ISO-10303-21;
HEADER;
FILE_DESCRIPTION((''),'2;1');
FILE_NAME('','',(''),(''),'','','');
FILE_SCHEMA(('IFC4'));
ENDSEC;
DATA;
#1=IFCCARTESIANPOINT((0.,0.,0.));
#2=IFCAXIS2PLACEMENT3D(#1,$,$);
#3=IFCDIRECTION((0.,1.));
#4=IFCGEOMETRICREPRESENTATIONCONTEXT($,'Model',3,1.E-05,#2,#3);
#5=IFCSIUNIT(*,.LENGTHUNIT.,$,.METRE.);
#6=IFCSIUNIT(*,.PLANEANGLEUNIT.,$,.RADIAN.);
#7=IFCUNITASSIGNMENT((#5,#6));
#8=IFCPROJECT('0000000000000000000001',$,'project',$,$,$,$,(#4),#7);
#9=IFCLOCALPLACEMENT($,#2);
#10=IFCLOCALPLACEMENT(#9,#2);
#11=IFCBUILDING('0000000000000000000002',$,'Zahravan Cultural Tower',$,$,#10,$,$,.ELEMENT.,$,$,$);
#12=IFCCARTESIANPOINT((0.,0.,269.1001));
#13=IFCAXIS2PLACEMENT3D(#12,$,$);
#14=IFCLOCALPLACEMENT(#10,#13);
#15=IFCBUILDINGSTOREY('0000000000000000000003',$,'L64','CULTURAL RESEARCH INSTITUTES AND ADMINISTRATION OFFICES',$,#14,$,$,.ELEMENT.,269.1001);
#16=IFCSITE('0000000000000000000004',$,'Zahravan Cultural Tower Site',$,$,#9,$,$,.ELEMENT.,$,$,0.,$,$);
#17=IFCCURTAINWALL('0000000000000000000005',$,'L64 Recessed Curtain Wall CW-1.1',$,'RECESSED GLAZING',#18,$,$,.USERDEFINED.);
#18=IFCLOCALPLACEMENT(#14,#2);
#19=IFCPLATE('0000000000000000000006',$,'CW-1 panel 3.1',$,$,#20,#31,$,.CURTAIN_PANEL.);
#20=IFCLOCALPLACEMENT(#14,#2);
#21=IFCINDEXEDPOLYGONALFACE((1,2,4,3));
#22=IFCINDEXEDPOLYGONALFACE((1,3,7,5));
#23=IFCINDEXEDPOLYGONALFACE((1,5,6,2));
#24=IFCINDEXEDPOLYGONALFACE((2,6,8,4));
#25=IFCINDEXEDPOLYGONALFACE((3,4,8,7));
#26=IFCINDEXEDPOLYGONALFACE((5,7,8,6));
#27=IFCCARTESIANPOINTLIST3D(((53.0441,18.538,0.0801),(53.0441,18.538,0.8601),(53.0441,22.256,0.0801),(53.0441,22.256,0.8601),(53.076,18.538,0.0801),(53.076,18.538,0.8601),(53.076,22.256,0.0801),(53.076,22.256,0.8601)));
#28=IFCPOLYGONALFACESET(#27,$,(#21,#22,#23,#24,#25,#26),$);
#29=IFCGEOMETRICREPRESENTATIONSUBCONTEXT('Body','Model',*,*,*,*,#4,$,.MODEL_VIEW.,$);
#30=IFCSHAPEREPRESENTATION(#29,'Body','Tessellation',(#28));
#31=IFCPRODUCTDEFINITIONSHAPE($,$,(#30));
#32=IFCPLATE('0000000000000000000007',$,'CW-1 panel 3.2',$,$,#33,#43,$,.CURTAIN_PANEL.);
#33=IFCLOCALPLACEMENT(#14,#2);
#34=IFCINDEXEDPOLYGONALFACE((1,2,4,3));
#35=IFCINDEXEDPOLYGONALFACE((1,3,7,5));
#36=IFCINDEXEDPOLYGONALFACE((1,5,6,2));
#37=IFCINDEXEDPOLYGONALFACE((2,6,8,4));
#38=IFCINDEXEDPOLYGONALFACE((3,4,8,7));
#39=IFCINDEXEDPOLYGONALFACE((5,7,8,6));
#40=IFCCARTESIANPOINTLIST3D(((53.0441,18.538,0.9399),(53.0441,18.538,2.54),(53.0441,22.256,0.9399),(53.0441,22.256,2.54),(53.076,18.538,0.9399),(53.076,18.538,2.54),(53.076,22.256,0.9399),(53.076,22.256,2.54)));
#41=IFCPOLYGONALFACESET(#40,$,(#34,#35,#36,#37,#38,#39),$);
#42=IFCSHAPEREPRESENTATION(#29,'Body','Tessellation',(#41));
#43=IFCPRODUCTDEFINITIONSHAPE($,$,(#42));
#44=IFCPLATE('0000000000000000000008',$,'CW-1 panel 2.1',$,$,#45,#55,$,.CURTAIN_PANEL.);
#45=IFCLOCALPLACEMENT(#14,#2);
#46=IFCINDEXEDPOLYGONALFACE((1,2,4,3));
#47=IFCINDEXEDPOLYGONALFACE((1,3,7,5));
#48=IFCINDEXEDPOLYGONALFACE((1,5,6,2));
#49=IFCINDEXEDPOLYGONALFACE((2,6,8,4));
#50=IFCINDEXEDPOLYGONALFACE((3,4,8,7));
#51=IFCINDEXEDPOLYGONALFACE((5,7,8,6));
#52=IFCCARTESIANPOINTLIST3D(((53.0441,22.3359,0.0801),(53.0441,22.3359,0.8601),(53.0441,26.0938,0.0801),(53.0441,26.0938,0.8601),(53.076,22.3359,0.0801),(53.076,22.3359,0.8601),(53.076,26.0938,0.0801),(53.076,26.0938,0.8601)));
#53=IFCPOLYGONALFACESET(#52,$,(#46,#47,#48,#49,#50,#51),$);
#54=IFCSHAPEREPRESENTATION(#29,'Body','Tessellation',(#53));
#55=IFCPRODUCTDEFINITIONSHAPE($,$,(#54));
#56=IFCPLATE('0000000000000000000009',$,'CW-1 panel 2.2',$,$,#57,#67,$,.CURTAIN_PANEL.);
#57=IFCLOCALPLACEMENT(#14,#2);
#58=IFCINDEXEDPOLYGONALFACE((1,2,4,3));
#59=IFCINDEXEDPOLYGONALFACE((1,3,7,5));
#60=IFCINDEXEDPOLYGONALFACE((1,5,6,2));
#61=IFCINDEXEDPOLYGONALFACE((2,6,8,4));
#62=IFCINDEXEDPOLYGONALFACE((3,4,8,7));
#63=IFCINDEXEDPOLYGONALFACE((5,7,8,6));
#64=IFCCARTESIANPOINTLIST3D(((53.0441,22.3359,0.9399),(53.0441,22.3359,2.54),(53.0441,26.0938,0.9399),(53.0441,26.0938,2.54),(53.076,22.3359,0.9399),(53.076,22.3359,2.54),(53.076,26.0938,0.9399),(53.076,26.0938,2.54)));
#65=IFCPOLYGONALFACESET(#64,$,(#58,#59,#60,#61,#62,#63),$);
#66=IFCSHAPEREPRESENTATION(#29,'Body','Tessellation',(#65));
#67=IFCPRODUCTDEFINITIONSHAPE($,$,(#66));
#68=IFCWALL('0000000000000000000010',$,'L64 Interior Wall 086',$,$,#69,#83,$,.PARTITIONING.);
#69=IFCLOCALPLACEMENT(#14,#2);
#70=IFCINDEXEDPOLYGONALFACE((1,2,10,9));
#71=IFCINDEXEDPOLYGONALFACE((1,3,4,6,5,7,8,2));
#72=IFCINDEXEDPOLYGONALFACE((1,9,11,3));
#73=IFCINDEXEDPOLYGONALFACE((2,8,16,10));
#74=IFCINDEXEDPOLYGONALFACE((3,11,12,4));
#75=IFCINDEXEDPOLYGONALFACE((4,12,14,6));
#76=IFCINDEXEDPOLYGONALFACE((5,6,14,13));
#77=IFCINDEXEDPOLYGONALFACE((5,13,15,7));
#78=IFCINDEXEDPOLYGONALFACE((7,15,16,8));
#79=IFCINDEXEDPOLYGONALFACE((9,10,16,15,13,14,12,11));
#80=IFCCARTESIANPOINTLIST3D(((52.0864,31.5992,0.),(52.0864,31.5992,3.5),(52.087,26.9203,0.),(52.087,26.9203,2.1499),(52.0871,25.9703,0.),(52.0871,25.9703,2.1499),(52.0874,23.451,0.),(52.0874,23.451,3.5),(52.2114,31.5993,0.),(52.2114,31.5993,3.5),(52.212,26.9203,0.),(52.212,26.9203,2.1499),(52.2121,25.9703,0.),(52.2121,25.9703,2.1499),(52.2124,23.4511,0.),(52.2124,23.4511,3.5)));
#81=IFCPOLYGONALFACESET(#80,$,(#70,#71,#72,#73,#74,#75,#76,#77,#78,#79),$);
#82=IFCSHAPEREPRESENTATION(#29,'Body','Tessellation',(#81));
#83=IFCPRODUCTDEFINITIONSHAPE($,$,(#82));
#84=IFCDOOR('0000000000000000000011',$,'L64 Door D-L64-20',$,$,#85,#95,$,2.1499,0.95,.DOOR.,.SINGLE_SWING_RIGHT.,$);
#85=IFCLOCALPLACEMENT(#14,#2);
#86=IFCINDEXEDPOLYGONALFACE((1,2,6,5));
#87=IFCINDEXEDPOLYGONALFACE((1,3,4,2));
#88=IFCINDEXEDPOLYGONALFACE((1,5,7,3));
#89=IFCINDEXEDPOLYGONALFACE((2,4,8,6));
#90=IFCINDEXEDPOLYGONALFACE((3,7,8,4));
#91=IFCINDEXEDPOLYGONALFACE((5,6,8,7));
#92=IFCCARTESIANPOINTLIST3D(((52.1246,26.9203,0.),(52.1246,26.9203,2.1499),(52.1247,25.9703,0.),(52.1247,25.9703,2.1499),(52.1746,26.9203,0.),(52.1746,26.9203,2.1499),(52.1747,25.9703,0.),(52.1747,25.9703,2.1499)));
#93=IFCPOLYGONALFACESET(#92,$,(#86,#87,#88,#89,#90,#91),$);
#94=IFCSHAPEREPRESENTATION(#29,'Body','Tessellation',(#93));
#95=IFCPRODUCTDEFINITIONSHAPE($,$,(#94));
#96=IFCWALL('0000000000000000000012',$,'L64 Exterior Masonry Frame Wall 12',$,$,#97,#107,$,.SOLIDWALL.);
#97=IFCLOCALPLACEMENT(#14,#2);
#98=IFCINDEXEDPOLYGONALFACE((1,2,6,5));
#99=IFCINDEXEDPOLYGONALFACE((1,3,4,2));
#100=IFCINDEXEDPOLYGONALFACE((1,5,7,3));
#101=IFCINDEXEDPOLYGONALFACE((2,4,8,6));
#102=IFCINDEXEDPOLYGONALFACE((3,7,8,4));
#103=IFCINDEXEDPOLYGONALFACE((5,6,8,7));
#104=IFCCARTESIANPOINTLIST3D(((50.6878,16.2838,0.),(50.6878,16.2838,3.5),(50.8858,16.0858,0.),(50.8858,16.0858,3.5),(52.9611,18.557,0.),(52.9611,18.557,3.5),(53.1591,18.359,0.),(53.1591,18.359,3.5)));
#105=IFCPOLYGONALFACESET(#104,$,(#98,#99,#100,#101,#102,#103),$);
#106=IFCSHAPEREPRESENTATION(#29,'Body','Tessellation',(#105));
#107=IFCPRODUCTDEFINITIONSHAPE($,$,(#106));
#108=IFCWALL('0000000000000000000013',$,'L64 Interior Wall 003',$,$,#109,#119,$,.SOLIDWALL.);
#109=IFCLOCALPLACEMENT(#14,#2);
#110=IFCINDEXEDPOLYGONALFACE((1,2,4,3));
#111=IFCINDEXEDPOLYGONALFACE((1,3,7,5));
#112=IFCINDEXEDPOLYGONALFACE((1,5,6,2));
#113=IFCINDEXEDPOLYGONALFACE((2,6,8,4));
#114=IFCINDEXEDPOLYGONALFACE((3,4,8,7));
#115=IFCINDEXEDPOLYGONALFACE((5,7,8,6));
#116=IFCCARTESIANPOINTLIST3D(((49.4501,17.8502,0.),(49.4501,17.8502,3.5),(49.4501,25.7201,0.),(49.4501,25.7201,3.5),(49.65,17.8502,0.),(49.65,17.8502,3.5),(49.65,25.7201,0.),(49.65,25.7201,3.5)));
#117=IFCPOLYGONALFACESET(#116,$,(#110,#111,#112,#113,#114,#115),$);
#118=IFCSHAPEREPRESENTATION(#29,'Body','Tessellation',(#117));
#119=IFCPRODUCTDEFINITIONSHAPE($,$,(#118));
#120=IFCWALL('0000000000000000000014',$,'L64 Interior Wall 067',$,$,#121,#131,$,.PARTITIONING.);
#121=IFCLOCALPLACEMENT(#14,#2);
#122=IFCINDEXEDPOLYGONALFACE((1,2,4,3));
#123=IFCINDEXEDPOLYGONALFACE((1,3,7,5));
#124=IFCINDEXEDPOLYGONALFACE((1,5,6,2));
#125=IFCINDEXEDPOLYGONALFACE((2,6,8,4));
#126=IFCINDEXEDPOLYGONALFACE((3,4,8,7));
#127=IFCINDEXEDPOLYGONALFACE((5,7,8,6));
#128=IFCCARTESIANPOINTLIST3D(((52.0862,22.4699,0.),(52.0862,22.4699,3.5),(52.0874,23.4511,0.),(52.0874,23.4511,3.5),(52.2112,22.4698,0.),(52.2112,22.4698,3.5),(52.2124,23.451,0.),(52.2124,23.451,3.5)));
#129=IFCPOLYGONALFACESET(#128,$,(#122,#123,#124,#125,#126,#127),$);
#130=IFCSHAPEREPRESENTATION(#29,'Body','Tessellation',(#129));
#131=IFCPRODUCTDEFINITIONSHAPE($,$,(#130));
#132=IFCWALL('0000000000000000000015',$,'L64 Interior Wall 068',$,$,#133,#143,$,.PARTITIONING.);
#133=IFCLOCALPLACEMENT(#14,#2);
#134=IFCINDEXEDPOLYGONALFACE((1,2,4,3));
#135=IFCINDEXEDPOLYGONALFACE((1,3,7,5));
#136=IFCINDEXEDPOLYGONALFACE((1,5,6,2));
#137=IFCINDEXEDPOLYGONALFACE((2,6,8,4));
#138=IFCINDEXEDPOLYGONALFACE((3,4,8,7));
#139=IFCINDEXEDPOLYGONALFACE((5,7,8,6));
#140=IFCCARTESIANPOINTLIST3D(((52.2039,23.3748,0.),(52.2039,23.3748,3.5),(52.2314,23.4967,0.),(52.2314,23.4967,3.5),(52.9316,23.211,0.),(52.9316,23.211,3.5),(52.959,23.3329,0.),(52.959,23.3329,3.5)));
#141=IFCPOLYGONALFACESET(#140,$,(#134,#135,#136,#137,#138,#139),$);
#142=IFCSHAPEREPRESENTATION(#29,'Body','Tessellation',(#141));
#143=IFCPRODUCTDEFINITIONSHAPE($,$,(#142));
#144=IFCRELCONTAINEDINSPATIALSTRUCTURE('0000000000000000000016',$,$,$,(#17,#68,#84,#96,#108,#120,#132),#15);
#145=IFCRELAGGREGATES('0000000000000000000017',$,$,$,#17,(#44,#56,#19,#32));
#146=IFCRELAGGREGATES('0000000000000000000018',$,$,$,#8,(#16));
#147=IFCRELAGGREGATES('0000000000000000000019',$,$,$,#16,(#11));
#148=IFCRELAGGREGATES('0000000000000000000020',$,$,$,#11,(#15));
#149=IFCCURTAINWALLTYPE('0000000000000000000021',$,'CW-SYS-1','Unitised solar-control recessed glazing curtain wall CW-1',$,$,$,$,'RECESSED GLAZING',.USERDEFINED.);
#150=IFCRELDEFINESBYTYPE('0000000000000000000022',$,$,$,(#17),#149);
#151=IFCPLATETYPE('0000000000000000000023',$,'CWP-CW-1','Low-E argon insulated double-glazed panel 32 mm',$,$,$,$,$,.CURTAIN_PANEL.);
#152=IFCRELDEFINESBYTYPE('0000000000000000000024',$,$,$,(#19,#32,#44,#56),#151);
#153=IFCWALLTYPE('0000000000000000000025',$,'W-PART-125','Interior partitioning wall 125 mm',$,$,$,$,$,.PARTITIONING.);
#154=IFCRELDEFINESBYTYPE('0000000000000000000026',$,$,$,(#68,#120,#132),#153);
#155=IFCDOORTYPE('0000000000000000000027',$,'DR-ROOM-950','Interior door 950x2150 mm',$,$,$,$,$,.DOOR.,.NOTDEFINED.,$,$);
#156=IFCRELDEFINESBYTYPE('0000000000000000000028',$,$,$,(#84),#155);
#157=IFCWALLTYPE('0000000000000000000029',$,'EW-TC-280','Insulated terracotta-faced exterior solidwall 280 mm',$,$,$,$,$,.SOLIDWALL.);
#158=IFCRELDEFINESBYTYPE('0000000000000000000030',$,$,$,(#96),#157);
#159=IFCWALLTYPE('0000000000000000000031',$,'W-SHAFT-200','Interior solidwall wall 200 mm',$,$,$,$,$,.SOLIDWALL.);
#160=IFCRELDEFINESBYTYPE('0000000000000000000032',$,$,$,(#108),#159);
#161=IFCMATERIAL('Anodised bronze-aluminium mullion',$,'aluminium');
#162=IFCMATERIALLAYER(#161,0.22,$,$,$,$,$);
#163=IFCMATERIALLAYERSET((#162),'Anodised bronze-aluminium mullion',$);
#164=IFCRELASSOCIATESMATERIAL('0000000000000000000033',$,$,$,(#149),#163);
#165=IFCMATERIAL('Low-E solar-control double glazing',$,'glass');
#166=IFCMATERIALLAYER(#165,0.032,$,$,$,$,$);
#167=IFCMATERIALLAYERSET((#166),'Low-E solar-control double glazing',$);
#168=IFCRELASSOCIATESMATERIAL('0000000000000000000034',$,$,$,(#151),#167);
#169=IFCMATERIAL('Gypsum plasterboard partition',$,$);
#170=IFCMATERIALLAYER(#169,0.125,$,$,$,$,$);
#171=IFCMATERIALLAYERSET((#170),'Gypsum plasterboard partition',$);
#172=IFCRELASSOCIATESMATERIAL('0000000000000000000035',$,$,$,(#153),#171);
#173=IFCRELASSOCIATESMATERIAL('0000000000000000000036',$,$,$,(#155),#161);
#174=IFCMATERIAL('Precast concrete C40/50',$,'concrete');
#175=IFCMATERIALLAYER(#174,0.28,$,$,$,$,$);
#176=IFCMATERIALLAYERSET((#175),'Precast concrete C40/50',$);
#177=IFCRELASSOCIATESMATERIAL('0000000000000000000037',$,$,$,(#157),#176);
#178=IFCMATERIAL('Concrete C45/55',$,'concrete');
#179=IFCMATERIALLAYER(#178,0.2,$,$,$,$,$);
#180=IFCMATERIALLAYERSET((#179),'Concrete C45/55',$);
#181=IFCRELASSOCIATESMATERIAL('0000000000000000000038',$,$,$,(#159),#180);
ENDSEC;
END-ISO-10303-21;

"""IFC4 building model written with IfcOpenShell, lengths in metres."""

from ifc_helpers import new_model, si_unit, direction, frame, frame_2d, origin, origin_2d, place, context, subcontext, project, spatial, rectangle, extrude, source, transform, mapped, material, layer, layer_set, type_object, element, fill, aggregate, save


model = new_model("IFC4")

# Units and contexts
model_context = context("Model", 3, precision=1e-05, world=origin(), true_north=direction((0.0, 1.0)))
body_context = subcontext(model_context, "Body", "Model", "MODEL_VIEW")
ifc_project = project(units=[si_unit("LENGTHUNIT", "METRE"), si_unit("PLANEANGLEUNIT", "RADIAN")], contexts=[model_context])

# Site, building, storey
site_placement = place(None, origin())
site = spatial("IfcSite", under=ifc_project, at=site_placement, Name="Zahravan Cultural Tower Site", CompositionType="ELEMENT", RefElevation=0.0)
building_placement = place(site_placement, origin())
building = spatial("IfcBuilding", under=site, at=building_placement, Name="Zahravan Cultural Tower", CompositionType="ELEMENT")
storey_placement = place(building_placement, frame((0.0, 0.0, 269.1001)))
storey = spatial("IfcBuildingStorey", under=building, at=storey_placement, Name="L64", Description="CULTURAL RESEARCH INSTITUTES AND ADMINISTRATION OFFICES", CompositionType="ELEMENT", Elevation=269.1001)

# Curtain wall, plates
ifc_material_1 = material(Name="Anodised bronze-aluminium mullion", Category="aluminium")
ifc_layer_1 = layer(ifc_material_1, 0.22)
ifc_layer_set_1 = layer_set([ifc_layer_1], Name="Anodised bronze-aluminium mullion")
curtain_wall_type = type_object("IfcCurtainWallType", Name="CW-SYS-1", Description="Unitised solar-control recessed glazing curtain wall CW-1", ElementType="RECESSED GLAZING", PredefinedType="USERDEFINED", material=ifc_layer_set_1)
curtain_wall_placement = place(storey_placement, origin())
curtain_wall = element("IfcCurtainWall", 1, at=curtain_wall_placement, inside=storey, type_object=curtain_wall_type, Name="L64 Recessed Curtain Wall CW-1.1", ObjectType="RECESSED GLAZING", PredefinedType="USERDEFINED")
ifc_material_2 = material(Name="Low-E solar-control double glazing", Category="glass")
ifc_layer_2 = layer(ifc_material_2, 0.032)
ifc_layer_set_2 = layer_set([ifc_layer_2], Name="Low-E solar-control double glazing")
plate_type = type_object("IfcPlateType", Name="CWP-CW-1", Description="Low-E argon insulated double-glazed panel 32 mm", PredefinedType="CURTAIN_PANEL", material=ifc_layer_set_2)
shared_shape_1 = source(origin(), body_context, "Body", "SweptSolid", [
    extrude(rectangle(XDim=3.718, YDim=0.032, at=origin_2d()), origin(), (0.0, 0.0, 1.0), 0.78),
])
plate_1_placement = place(storey_placement, frame((53.0601, 20.397, 0.0801), z_axis=(0.0, 0.0, 1.0), x_axis=(0.0, -1.0, 0.0)))
plate_1 = element("IfcPlate", 2, at=plate_1_placement, type_object=plate_type, Name="CW-1 panel 3.1", PredefinedType="CURTAIN_PANEL", context=body_context, shape_type="MappedRepresentation", body=[
    mapped(shared_shape_1, transform((0.0, 0.0, 0.0), x_axis=(1.0, 0.0, 0.0), y_axis=(0.0, 1.0, 0.0), z_axis=(0.0, 0.0, 1.0), scale=1.0)),
])
shared_shape_2 = source(origin(), body_context, "Body", "SweptSolid", [
    extrude(rectangle(XDim=3.718, YDim=0.032, at=origin_2d()), origin(), (0.0, 0.0, 1.0), 1.6001),
])
plate_2_placement = place(storey_placement, frame((53.0601, 20.397, 0.9399), z_axis=(0.0, 0.0, 1.0), x_axis=(0.0, -1.0, 0.0)))
plate_2 = element("IfcPlate", 3, at=plate_2_placement, type_object=plate_type, Name="CW-1 panel 3.2", PredefinedType="CURTAIN_PANEL", context=body_context, shape_type="MappedRepresentation", body=[
    mapped(shared_shape_2, transform((0.0, 0.0, 0.0), x_axis=(1.0, 0.0, 0.0), y_axis=(0.0, 1.0, 0.0), z_axis=(0.0, 0.0, 1.0), scale=1.0)),
])
shared_shape_3 = source(origin(), body_context, "Body", "SweptSolid", [
    extrude(rectangle(XDim=3.7578, YDim=0.032, at=origin_2d()), origin(), (0.0, 0.0, 1.0), 0.78),
])
plate_3_placement = place(storey_placement, frame((53.0601, 24.2148, 0.0801), z_axis=(0.0, 0.0, 1.0), x_axis=(0.0, -1.0, 0.0)))
plate_3 = element("IfcPlate", 4, at=plate_3_placement, type_object=plate_type, Name="CW-1 panel 2.1", PredefinedType="CURTAIN_PANEL", context=body_context, shape_type="MappedRepresentation", body=[
    mapped(shared_shape_3, transform((0.0, 0.0, 0.0), x_axis=(1.0, 0.0, 0.0), y_axis=(0.0, 1.0, 0.0), z_axis=(0.0, 0.0, 1.0), scale=1.0)),
])
shared_shape_4 = source(origin(), body_context, "Body", "SweptSolid", [
    extrude(rectangle(XDim=3.7578, YDim=0.032, at=origin_2d()), origin(), (0.0, 0.0, 1.0), 1.6001),
])
plate_4_placement = place(storey_placement, frame((53.0601, 24.2148, 0.9399), z_axis=(0.0, 0.0, 1.0), x_axis=(0.0, -1.0, 0.0)))
plate_4 = element("IfcPlate", 5, at=plate_4_placement, type_object=plate_type, Name="CW-1 panel 2.2", PredefinedType="CURTAIN_PANEL", context=body_context, shape_type="MappedRepresentation", body=[
    mapped(shared_shape_4, transform((0.0, 0.0, 0.0), x_axis=(1.0, 0.0, 0.0), y_axis=(0.0, 1.0, 0.0), z_axis=(0.0, 0.0, 1.0), scale=1.0)),
])
aggregate(curtain_wall, [plate_3, plate_4, plate_1, plate_2])

# Wall, opening, door
ifc_material_3 = material(Name="Gypsum plasterboard partition")
ifc_layer_3 = layer(ifc_material_3, 0.125)
ifc_layer_set_3 = layer_set([ifc_layer_3], Name="Gypsum plasterboard partition")
wall_type_1 = type_object("IfcWallType", Name="W-PART-125", Description="Interior partitioning wall 125 mm", PredefinedType="PARTITIONING", material=ifc_layer_set_3)
door_type = type_object("IfcDoorType", Name="DR-ROOM-950", Description="Interior door 950x2150 mm", OperationType="NOTDEFINED", PredefinedType="DOOR", material=ifc_material_1)
shared_shape_5 = source(origin(), body_context, "Body", "SweptSolid", [
    extrude(rectangle(XDim=0.95, YDim=2.1499, at=frame_2d((0.4751, 1.075))), frame((0.0, 0.0249, 0.0), z_axis=(0.0, -1.0, 0.0), x_axis=(1.0, 0.0, 0.0)), (0.0, 0.0, 1.0), 0.05),
])
wall_1_placement = place(storey_placement, frame((52.1499, 23.4509, 0.0), z_axis=(0.0, 0.0, 1.0), x_axis=(-0.00012, 1.0, 0.0)))
wall_1 = element("IfcWall", 6, at=wall_1_placement, inside=storey, type_object=wall_type_1, Name="L64 Interior Wall 086", PredefinedType="PARTITIONING", context=body_context, shape_type="SweptSolid", body=[
    extrude(rectangle(XDim=8.1482, YDim=0.125, at=frame_2d((4.0742, 0.0))), origin(), (0.0, 0.0, 1.0), 3.5),
])
opening_1_placement = place(wall_1_placement, frame((2.5193, 0.0, 0.0)))
opening_1 = element("IfcOpeningElement", 7, at=opening_1_placement, cuts=wall_1, PredefinedType="OPENING", context=body_context, shape_type="SweptSolid", body=[
    extrude(rectangle(XDim=0.95, YDim=2.1499, at=frame_2d((0.4751, 1.075))), frame((0.0, 0.0725, 0.0), z_axis=(0.0, -1.0, 0.0), x_axis=(1.0, 0.0, 0.0)), (0.0, 0.0, 1.0), 0.145),
])
door_1_placement = place(opening_1_placement, origin())
door_1 = element("IfcDoor", 8, at=door_1_placement, inside=storey, type_object=door_type, Name="L64 Door D-L64-20", OperationType="SINGLE_SWING_RIGHT", OverallHeight=2.1499, OverallWidth=0.95, PredefinedType="DOOR", context=body_context, shape_type="MappedRepresentation", body=[
    mapped(shared_shape_5, transform((0.0, 0.0, 0.0), x_axis=(1.0, 0.0, 0.0), y_axis=(0.0, 1.0, 0.0), z_axis=(0.0, 0.0, 1.0), scale=1.0)),
])
fill(opening_1, door_1)

# Walls
ifc_material_4 = material(Name="Precast concrete C40/50", Category="concrete")
ifc_layer_4 = layer(ifc_material_4, 0.28)
ifc_layer_set_4 = layer_set([ifc_layer_4], Name="Precast concrete C40/50")
wall_type_2 = type_object("IfcWallType", Name="EW-TC-280", Description="Insulated terracotta-faced exterior solidwall 280 mm", PredefinedType="SOLIDWALL", material=ifc_layer_set_4)
shared_shape_6 = source(origin(), body_context, "Body", "SweptSolid", [
    extrude(rectangle(XDim=3.2148, YDim=0.28, at=frame_2d((1.6074, 0.0))), origin(), (0.0, 0.0, 1.0), 3.5),
])
wall_2_placement = place(storey_placement, frame((53.0601, 18.458, 0.0), z_axis=(0.0, 0.0, 1.0), x_axis=(-0.707107, -0.707107, 0.0)))
element("IfcWall", 9, at=wall_2_placement, inside=storey, type_object=wall_type_2, Name="L64 Exterior Masonry Frame Wall 12", PredefinedType="SOLIDWALL", context=body_context, shape_type="MappedRepresentation", body=[
    mapped(shared_shape_6, transform((0.0, 0.0, 0.0), x_axis=(1.0, 0.0, 0.0), y_axis=(0.0, 1.0, 0.0), z_axis=(0.0, 0.0, 1.0), scale=1.0)),
])
ifc_material_5 = material(Name="Concrete C45/55", Category="concrete")
ifc_layer_5 = layer(ifc_material_5, 0.2)
ifc_layer_set_5 = layer_set([ifc_layer_5], Name="Concrete C45/55")
wall_type_3 = type_object("IfcWallType", Name="W-SHAFT-200", Description="Interior solidwall wall 200 mm", PredefinedType="SOLIDWALL", material=ifc_layer_set_5)
shared_shape_7 = source(origin(), body_context, "Body", "SweptSolid", [
    extrude(rectangle(XDim=7.8699, YDim=0.2, at=frame_2d((3.9351, 0.0))), origin(), (0.0, 0.0, 1.0), 3.5),
])
wall_3_placement = place(storey_placement, frame((49.55, 17.8501, 0.0), z_axis=(0.0, 0.0, 1.0), x_axis=(0.0, 1.0, 0.0)))
element("IfcWall", 10, at=wall_3_placement, inside=storey, type_object=wall_type_3, Name="L64 Interior Wall 003", PredefinedType="SOLIDWALL", context=body_context, shape_type="MappedRepresentation", body=[
    mapped(shared_shape_7, transform((0.0, 0.0, 0.0), x_axis=(1.0, 0.0, 0.0), y_axis=(0.0, 1.0, 0.0), z_axis=(0.0, 0.0, 1.0), scale=1.0)),
])
shared_shape_8 = source(origin(), body_context, "Body", "SweptSolid", [
    extrude(rectangle(XDim=0.9812, YDim=0.125, at=frame_2d((0.4907, 0.0))), origin(), (0.0, 0.0, 1.0), 3.5),
])
wall_4_placement = place(storey_placement, frame((52.1487, 22.4697, 0.0), z_axis=(0.0, 0.0, 1.0), x_axis=(0.001244, 0.999999, 0.0)))
element("IfcWall", 11, at=wall_4_placement, inside=storey, type_object=wall_type_1, Name="L64 Interior Wall 067", PredefinedType="PARTITIONING", context=body_context, shape_type="MappedRepresentation", body=[
    mapped(shared_shape_8, transform((0.0, 0.0, 0.0), x_axis=(1.0, 0.0, 0.0), y_axis=(0.0, 1.0, 0.0), z_axis=(0.0, 0.0, 1.0), scale=1.0)),
])
shared_shape_9 = source(origin(), body_context, "Body", "SweptSolid", [
    extrude(rectangle(XDim=0.7458, YDim=0.125, at=frame_2d((0.373, 0.0))), origin(), (0.0, 0.0, 1.0), 3.5),
])
wall_5_placement = place(storey_placement, frame((52.2175, 23.4358, 0.0), z_axis=(0.0, 0.0, 1.0), x_axis=(0.975575, -0.219668, 0.0)))
element("IfcWall", 12, at=wall_5_placement, inside=storey, type_object=wall_type_1, Name="L64 Interior Wall 068", PredefinedType="PARTITIONING", context=body_context, shape_type="MappedRepresentation", body=[
    mapped(shared_shape_9, transform((0.0, 0.0, 0.0), x_axis=(1.0, 0.0, 0.0), y_axis=(0.0, 1.0, 0.0), z_axis=(0.0, 0.0, 1.0), scale=1.0)),
])

save(model, "model.ifc")
